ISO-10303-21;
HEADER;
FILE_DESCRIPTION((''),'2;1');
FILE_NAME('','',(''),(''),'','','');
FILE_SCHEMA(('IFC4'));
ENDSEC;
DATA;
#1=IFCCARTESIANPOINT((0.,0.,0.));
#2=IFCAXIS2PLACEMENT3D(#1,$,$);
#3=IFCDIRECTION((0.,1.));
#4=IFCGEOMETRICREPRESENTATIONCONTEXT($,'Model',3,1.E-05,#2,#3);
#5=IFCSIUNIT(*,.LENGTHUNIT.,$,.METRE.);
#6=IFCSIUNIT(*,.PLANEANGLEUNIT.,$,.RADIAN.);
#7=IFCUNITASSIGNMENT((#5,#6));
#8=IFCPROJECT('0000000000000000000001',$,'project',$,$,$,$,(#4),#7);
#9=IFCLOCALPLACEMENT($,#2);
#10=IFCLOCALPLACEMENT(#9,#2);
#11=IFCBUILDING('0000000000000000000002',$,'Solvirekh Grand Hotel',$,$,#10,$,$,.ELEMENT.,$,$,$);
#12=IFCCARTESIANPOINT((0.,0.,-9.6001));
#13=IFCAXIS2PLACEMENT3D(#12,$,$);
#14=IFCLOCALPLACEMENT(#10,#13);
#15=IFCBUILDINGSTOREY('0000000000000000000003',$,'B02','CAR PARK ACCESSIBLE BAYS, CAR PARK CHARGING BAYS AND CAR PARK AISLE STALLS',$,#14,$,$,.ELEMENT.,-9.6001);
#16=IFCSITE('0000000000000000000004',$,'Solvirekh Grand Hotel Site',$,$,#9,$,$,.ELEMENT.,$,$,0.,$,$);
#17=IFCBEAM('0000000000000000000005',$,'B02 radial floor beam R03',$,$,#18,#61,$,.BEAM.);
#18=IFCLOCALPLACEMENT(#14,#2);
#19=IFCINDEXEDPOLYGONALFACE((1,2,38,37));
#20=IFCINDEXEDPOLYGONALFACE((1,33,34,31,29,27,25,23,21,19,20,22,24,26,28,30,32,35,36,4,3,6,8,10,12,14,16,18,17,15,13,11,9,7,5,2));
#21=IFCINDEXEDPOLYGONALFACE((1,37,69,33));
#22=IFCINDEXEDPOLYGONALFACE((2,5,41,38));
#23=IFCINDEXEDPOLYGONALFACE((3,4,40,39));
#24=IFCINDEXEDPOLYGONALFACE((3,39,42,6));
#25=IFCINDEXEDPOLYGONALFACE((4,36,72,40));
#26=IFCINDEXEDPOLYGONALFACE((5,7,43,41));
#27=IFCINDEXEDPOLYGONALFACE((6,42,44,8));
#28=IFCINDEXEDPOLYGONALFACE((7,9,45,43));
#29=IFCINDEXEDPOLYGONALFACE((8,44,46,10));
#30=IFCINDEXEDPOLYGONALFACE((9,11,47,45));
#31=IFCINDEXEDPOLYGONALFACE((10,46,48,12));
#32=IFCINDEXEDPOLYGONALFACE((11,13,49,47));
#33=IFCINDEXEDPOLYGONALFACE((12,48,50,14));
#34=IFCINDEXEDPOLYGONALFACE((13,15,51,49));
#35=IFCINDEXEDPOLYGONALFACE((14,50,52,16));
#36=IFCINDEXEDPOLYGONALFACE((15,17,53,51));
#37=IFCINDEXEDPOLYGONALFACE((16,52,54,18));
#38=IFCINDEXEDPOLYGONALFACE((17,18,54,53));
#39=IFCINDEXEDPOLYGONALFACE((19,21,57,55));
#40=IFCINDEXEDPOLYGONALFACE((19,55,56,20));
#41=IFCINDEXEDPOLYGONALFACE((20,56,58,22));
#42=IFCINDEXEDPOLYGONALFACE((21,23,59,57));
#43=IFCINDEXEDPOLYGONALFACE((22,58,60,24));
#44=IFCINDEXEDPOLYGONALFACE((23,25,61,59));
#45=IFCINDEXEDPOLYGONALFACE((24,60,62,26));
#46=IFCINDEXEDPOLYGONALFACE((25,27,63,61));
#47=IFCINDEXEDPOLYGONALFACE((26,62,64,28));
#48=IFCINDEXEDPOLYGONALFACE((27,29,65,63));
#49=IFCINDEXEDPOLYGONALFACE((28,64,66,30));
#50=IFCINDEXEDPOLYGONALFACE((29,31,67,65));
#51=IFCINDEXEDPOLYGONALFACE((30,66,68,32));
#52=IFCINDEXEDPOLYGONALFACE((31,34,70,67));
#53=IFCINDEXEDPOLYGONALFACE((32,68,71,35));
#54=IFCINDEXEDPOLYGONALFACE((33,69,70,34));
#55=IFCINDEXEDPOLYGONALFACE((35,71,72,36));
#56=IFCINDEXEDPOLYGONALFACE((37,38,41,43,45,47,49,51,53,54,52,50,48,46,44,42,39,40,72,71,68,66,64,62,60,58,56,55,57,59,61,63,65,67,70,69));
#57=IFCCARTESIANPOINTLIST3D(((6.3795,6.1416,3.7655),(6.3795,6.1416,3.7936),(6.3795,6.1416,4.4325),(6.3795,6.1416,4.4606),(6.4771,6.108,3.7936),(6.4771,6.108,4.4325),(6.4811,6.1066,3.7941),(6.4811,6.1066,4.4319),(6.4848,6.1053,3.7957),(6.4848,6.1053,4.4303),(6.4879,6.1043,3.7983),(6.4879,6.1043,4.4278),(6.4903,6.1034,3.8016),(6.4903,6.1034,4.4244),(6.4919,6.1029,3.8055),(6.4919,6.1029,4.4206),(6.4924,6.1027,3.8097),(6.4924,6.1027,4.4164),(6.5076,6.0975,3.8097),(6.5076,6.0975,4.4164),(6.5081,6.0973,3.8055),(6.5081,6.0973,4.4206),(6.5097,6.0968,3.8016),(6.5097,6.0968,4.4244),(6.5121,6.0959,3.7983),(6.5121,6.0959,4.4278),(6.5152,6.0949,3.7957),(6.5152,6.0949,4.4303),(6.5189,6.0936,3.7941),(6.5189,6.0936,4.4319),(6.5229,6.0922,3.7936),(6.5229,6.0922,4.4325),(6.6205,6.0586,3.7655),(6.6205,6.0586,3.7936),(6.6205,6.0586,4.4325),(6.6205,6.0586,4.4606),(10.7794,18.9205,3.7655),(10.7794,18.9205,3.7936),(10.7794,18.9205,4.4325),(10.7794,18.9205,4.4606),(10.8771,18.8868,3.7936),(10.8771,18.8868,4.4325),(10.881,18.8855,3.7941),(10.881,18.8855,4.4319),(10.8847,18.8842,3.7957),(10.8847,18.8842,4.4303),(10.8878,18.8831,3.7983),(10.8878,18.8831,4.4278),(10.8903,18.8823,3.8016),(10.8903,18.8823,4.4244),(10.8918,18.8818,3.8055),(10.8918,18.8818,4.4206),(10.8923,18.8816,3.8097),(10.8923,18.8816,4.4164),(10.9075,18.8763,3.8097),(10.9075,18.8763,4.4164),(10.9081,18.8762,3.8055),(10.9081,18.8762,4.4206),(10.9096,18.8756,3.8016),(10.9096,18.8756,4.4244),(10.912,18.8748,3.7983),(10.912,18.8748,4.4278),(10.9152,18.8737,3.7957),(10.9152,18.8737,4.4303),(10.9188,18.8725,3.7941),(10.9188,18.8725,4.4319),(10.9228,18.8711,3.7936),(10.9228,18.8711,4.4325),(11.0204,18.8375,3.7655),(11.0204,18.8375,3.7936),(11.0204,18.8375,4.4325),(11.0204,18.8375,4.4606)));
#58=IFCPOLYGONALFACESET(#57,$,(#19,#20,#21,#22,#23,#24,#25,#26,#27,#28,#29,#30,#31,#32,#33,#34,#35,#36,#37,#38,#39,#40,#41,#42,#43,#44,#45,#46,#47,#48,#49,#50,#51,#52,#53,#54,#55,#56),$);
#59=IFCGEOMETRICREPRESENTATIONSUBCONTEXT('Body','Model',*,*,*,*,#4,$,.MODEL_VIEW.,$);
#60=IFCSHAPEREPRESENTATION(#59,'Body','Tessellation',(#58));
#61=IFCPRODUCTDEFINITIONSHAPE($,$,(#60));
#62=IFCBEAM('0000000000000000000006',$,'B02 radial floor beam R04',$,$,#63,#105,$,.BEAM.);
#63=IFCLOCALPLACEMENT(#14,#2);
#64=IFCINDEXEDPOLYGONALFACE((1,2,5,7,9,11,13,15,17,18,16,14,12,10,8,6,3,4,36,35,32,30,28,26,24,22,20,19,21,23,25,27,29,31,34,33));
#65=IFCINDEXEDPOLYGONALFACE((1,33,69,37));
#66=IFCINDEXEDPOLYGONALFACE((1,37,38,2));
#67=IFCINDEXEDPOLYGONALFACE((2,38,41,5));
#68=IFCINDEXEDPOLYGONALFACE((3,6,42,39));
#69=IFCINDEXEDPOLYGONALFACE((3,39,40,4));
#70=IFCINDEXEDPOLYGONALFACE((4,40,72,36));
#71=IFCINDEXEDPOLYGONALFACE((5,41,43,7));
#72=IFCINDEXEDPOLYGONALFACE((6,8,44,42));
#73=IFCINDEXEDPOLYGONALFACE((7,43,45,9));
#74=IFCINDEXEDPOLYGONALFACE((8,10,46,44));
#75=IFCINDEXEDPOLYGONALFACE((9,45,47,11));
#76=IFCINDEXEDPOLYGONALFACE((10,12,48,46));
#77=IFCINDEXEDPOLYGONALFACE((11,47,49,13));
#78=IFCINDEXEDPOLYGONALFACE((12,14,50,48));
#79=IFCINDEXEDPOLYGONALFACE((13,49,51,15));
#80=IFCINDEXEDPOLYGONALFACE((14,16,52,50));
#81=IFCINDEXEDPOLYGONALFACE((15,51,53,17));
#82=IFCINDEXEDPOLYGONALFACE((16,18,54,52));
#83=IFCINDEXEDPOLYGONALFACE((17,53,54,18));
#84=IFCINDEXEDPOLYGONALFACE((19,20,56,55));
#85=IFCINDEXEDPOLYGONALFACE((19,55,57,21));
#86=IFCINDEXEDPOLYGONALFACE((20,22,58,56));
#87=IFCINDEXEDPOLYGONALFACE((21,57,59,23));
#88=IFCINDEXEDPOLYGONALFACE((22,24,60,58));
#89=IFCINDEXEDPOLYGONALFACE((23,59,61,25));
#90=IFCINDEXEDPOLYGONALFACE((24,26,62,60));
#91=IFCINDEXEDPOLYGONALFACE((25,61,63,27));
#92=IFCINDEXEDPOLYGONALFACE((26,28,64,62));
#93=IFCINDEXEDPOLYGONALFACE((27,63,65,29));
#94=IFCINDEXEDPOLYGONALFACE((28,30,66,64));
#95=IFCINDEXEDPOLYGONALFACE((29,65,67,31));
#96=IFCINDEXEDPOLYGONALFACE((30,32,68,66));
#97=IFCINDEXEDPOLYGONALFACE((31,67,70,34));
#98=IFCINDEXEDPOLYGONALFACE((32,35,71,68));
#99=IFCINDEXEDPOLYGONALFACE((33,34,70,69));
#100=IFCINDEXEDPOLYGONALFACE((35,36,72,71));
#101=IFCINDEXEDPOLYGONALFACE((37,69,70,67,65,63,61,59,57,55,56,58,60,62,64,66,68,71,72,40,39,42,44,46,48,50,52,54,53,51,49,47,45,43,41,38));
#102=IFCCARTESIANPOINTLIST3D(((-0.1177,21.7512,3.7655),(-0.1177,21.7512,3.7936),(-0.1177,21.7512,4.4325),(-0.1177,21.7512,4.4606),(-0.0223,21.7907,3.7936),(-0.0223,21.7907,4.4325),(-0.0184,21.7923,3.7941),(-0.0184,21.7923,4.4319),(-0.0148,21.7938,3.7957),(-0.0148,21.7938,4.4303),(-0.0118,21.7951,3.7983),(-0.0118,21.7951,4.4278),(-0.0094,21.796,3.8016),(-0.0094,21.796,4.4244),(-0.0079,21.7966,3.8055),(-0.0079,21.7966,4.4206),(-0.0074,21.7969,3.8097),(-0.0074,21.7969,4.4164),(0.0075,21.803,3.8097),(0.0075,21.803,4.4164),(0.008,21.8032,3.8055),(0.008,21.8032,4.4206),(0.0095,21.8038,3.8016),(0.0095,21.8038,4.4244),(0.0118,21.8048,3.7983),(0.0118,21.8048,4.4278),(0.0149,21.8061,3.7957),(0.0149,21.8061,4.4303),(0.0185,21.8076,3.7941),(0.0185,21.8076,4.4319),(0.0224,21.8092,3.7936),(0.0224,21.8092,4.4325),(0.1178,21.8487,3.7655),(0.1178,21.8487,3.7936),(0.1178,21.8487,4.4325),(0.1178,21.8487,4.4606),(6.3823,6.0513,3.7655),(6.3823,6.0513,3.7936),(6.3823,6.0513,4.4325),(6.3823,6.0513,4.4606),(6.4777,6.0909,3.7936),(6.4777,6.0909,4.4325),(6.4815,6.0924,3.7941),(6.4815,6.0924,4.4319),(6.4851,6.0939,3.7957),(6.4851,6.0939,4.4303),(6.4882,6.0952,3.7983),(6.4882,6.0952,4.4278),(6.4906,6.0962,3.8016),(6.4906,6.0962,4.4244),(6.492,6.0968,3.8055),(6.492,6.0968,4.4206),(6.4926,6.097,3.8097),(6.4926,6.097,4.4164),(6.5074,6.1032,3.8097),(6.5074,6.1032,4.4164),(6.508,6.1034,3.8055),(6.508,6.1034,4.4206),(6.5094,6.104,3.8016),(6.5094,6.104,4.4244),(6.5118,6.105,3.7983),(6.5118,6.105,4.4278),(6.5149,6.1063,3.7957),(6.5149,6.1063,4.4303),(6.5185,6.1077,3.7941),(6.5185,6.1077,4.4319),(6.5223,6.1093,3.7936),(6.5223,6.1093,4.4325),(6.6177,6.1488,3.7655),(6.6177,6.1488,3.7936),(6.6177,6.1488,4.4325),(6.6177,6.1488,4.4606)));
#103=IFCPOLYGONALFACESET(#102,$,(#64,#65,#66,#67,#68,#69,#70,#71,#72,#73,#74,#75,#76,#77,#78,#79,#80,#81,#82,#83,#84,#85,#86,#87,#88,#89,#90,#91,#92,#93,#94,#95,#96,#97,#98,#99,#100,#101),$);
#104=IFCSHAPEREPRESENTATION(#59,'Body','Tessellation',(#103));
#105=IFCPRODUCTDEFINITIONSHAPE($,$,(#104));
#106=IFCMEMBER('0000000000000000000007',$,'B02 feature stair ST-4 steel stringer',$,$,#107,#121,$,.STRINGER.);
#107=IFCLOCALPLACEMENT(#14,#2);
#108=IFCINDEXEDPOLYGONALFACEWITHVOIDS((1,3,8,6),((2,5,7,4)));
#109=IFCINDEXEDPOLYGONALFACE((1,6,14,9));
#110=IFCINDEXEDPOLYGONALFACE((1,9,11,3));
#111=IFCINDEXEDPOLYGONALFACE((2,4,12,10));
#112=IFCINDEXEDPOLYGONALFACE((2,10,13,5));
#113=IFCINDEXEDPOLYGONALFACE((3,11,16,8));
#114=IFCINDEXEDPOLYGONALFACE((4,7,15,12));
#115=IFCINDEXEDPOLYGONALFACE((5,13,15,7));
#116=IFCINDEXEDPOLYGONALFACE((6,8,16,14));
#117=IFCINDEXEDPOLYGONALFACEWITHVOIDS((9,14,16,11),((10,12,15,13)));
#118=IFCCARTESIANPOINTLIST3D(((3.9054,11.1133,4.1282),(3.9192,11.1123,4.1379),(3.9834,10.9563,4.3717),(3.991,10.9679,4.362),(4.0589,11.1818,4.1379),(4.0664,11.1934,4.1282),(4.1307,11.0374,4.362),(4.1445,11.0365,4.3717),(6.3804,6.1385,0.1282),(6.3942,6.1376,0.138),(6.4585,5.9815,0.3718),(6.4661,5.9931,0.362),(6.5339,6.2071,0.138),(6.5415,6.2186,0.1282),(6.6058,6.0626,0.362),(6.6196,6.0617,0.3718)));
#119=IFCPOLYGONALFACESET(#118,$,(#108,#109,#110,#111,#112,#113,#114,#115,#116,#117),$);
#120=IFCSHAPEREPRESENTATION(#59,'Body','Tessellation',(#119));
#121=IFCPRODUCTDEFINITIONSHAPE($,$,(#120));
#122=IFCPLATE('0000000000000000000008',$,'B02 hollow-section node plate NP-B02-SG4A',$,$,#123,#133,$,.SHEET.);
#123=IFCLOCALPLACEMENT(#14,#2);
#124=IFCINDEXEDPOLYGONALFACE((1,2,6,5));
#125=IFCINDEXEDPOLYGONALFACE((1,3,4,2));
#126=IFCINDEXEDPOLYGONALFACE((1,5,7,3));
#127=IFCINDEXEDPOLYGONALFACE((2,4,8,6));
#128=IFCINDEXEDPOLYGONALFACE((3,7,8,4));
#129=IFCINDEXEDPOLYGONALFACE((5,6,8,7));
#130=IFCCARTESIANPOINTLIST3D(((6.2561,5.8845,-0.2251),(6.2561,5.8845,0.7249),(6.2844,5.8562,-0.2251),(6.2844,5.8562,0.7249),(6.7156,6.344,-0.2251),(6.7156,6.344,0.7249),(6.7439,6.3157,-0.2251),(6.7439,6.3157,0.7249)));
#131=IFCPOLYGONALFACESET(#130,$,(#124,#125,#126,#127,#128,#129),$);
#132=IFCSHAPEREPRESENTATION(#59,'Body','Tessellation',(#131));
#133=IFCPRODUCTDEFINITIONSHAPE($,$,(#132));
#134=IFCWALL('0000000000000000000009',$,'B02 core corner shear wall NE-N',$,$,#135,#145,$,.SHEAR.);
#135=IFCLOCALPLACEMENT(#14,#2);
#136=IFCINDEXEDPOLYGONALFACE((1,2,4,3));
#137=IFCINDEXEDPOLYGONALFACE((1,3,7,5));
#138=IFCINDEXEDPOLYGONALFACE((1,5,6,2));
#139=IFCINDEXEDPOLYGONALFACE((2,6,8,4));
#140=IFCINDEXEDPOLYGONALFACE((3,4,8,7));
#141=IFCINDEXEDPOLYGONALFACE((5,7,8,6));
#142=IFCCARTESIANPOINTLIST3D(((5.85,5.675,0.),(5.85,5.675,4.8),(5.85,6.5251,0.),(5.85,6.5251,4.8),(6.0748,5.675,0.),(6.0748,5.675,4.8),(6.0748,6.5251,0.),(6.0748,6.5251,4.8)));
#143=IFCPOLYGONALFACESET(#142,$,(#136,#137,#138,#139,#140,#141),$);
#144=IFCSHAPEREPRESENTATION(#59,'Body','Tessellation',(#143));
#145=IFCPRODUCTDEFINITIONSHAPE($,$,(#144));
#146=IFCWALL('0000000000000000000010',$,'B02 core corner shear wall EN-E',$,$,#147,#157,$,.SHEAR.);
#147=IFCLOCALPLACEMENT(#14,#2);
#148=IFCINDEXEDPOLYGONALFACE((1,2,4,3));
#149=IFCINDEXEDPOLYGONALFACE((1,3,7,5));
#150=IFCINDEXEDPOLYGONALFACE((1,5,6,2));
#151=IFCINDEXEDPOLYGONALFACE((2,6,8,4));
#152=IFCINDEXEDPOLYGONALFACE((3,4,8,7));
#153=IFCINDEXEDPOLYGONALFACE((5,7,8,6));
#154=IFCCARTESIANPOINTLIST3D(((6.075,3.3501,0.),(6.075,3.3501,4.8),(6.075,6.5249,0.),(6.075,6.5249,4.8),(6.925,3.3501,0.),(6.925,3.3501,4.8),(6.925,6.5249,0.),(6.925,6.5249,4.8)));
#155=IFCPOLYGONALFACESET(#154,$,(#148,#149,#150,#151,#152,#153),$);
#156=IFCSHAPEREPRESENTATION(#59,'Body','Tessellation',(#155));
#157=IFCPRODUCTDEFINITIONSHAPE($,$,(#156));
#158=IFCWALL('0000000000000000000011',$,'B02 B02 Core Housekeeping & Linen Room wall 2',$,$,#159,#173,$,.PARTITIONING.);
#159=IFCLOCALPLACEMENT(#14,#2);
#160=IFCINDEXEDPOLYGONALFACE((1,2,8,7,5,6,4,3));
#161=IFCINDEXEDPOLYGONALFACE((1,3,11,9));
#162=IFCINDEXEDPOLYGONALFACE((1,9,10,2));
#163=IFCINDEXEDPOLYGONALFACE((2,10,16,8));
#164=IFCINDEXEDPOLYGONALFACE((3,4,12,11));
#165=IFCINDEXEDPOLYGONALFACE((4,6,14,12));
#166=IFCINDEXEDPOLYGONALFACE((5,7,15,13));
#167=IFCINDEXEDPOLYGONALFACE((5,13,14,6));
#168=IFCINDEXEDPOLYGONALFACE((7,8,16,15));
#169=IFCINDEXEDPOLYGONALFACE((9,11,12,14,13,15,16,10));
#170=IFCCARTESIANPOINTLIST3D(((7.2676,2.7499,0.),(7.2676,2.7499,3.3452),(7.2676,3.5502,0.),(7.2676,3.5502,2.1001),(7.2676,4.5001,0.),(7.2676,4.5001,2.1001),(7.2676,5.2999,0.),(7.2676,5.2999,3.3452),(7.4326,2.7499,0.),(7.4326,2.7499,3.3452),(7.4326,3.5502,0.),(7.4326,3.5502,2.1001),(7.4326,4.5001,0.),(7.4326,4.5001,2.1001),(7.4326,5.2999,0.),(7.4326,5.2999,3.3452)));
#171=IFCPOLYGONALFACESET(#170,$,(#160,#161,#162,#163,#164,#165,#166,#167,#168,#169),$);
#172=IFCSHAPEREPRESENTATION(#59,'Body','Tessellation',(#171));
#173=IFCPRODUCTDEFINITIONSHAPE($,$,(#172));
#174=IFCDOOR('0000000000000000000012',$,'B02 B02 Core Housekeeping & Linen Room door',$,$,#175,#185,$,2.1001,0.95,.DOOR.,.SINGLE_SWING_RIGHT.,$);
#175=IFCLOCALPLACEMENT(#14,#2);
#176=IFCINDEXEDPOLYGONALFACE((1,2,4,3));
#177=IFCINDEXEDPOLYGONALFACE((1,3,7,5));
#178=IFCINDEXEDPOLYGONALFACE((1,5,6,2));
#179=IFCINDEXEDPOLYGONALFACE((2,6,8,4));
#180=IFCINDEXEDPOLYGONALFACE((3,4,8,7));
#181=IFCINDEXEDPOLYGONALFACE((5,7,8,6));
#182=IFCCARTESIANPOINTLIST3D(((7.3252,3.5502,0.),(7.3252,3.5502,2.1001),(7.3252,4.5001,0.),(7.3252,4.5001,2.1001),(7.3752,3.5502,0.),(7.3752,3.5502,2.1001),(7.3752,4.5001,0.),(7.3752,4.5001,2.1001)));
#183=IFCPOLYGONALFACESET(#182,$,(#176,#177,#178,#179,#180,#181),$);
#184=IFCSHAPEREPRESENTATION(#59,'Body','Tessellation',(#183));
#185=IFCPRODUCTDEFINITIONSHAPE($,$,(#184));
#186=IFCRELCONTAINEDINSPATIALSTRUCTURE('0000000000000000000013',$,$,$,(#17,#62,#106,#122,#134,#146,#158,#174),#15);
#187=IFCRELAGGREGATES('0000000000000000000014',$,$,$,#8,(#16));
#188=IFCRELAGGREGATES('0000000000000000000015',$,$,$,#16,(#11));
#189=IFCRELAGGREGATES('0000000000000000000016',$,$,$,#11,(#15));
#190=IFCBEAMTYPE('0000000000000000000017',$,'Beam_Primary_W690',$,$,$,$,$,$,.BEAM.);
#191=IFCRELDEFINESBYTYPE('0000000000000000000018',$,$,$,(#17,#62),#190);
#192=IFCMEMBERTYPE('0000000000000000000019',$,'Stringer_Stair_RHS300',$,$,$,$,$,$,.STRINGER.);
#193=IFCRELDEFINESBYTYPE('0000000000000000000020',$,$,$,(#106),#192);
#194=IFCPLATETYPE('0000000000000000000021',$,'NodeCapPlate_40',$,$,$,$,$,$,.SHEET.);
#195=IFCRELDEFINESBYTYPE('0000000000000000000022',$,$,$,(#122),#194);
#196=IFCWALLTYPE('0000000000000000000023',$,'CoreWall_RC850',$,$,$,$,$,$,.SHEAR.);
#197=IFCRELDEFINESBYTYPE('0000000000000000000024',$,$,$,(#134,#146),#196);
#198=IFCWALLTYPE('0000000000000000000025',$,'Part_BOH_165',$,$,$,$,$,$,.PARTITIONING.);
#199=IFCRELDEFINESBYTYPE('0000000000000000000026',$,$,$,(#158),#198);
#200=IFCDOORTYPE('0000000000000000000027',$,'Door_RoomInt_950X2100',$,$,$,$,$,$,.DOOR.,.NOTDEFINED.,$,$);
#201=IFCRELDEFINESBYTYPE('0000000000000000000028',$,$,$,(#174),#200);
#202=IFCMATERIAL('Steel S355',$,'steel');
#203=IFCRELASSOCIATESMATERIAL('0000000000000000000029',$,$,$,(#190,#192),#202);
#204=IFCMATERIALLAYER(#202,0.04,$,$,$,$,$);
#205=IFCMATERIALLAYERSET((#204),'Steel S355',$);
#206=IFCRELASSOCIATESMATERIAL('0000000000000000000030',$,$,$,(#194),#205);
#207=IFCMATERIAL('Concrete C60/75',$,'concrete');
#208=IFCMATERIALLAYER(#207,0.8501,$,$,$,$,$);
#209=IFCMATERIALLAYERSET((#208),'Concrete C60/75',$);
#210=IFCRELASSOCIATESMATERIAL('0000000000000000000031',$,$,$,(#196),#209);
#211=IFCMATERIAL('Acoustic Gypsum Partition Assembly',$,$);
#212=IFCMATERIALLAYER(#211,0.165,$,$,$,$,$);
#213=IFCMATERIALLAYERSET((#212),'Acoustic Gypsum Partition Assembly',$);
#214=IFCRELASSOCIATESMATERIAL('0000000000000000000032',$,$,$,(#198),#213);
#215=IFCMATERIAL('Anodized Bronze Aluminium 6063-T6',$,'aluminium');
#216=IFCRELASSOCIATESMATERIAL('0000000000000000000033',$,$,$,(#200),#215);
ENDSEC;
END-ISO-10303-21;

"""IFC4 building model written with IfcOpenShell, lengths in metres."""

from ifc_helpers import new_model, si_unit, direction, frame, frame_2d, origin, origin_2d, place, context, subcontext, project, spatial, rectangle, hollow_rectangle, i_section, extrude, material, layer, layer_set, material_profile, profile_set, type_object, element, fill, save


model = new_model("IFC4")

# Units and contexts
model_context = context("Model", 3, precision=1e-05, world=origin(), true_north=direction((0.0, 1.0)))
body_context = subcontext(model_context, "Body", "Model", "MODEL_VIEW")
ifc_project = project(units=[si_unit("LENGTHUNIT", "METRE"), si_unit("PLANEANGLEUNIT", "RADIAN")], contexts=[model_context])

# Site, building, storey
site_placement = place(None, origin())
site = spatial("IfcSite", under=ifc_project, at=site_placement, Name="Solvirekh Grand Hotel Site", CompositionType="ELEMENT", RefElevation=0.0)
building_placement = place(site_placement, origin())
building = spatial("IfcBuilding", under=site, at=building_placement, Name="Solvirekh Grand Hotel", CompositionType="ELEMENT")
storey_placement = place(building_placement, frame((0.0, 0.0, -9.6001)))
storey = spatial("IfcBuildingStorey", under=building, at=storey_placement, Name="B02", Description="CAR PARK ACCESSIBLE BAYS, CAR PARK CHARGING BAYS AND CAR PARK AISLE STALLS", CompositionType="ELEMENT", Elevation=-9.6001)

# Shared definitions
ifc_material_1 = material(Name="Concrete C60/75", Category="concrete")

# Beams
ifc_material_2 = material(Name="Steel S355", Category="steel")
ifc_material_profile_1 = material_profile(ifc_material_2, i_section(OverallWidth=0.2549, OverallDepth=0.6951, WebThickness=0.0161, FlangeThickness=0.0281, FilletRadius=0.0161, at=origin_2d()), Name="W690X217")
ifc_profile_set_1 = profile_set([ifc_material_profile_1], Name="Steel S355")
beam_type_1 = type_object("IfcBeamType", Name="Beam_Primary_W690", PredefinedType="BEAM", material=ifc_profile_set_1)
beam_1_placement = place(storey_placement, frame((6.5, 6.1001, 4.113), z_axis=(0.325555, 0.945523, 0.0), x_axis=(-0.945523, 0.325555, 0.0)))
element("IfcBeam", 1, at=beam_1_placement, inside=storey, type_object=beam_type_1, Name="B02 radial floor beam R03", PredefinedType="BEAM", context=body_context, shape_type="SweptSolid", body=[
    extrude(i_section(OverallWidth=0.2549, OverallDepth=0.6951, WebThickness=0.0161, FlangeThickness=0.0281, FilletRadius=0.0161, at=origin_2d()), origin(), (0.0, 0.0, 1.0), 13.5151),
])
beam_2_placement = place(storey_placement, frame((6.5, 6.1001, 4.113), z_axis=(-0.382526, 0.923945, 0.0), x_axis=(-0.923945, -0.382526, 0.0)))
element("IfcBeam", 2, at=beam_2_placement, inside=storey, type_object=beam_type_1, Name="B02 radial floor beam R04", PredefinedType="BEAM", context=body_context, shape_type="SweptSolid", body=[
    extrude(i_section(OverallWidth=0.2549, OverallDepth=0.6951, WebThickness=0.0161, FlangeThickness=0.0281, FilletRadius=0.0161, at=origin_2d()), origin(), (0.0, 0.0, 1.0), 16.9922),
])

# Member
ifc_material_profile_2 = material_profile(ifc_material_2, hollow_rectangle(XDim=0.1799, YDim=0.3, WallThickness=0.012, at=origin_2d()), Name="RHS 300X180X12")
ifc_profile_set_2 = profile_set([ifc_material_profile_2], Name="Steel S355")
member_type = type_object("IfcMemberType", Name="Stringer_Stair_RHS300", PredefinedType="STRINGER", material=ifc_profile_set_2)
member_placement = place(storey_placement, frame((6.5, 6.1001, 0.25), z_axis=(-0.36151, 0.726622, 0.584236), x_axis=(-0.895313, -0.445438, 0.0)))
element("IfcMember", 3, at=member_placement, inside=storey, type_object=member_type, Name="B02 feature stair ST-4 steel stringer", PredefinedType="STRINGER", context=body_context, shape_type="SweptSolid", body=[
    extrude(hollow_rectangle(XDim=0.1799, YDim=0.3, WallThickness=0.012, at=origin_2d()), origin(), (0.0, 0.0, 1.0), 6.8464),
])

# Plate
ifc_layer_1 = layer(ifc_material_2, 0.04)
ifc_layer_set_1 = layer_set([ifc_layer_1], Name="Steel S355")
plate_type = type_object("IfcPlateType", Name="NodeCapPlate_40", PredefinedType="SHEET", material=ifc_layer_set_1)
plate_placement = place(storey_placement, frame((6.5, 6.1001, -0.2251), z_axis=(0.0, 0.0, 1.0), x_axis=(-0.707107, 0.707107, 0.0)))
element("IfcPlate", 4, at=plate_placement, inside=storey, type_object=plate_type, Name="B02 hollow-section node plate NP-B02-SG4A", PredefinedType="SHEET", context=body_context, shape_type="SweptSolid", body=[
    extrude(rectangle(XDim=0.04, YDim=0.6499, at=origin_2d()), origin(), (0.0, 0.0, 1.0), 0.95),
])

# Walls
ifc_layer_2 = layer(ifc_material_1, 0.8501)
ifc_layer_set_2 = layer_set([ifc_layer_2], Name="Concrete C60/75")
wall_type_1 = type_object("IfcWallType", Name="CoreWall_RC850", PredefinedType="SHEAR", material=ifc_layer_set_2)
wall_1_placement = place(storey_placement, frame((5.8501, 6.1001, 0.0), z_axis=(0.0, 0.0, 1.0), x_axis=(1.0, 0.0, 0.0)))
element("IfcWall", 5, at=wall_1_placement, inside=storey, type_object=wall_type_1, Name="B02 core corner shear wall NE-N", PredefinedType="SHEAR", context=body_context, shape_type="SweptSolid", body=[
    extrude(rectangle(XDim=0.2249, YDim=0.8501, at=frame_2d((0.1123, 0.0))), origin(), (0.0, 0.0, 1.0), 4.8),
])
wall_2_placement = place(storey_placement, frame((6.5, 3.3501, 0.0), z_axis=(0.0, 0.0, 1.0), x_axis=(0.0, 1.0, 0.0)))
element("IfcWall", 6, at=wall_2_placement, inside=storey, type_object=wall_type_1, Name="B02 core corner shear wall EN-E", PredefinedType="SHEAR", context=body_context, shape_type="SweptSolid", body=[
    extrude(rectangle(XDim=3.1748, YDim=0.8501, at=frame_2d((1.5874, 0.0))), origin(), (0.0, 0.0, 1.0), 4.8),
])

# Wall, opening, door
ifc_material_3 = material(Name="Acoustic Gypsum Partition Assembly")
ifc_layer_3 = layer(ifc_material_3, 0.165)
ifc_layer_set_3 = layer_set([ifc_layer_3], Name="Acoustic Gypsum Partition Assembly")
wall_type_2 = type_object("IfcWallType", Name="Part_BOH_165", PredefinedType="PARTITIONING", material=ifc_layer_set_3)
wall_3_placement = place(storey_placement, frame((7.3501, 2.75, 0.0), z_axis=(0.0, 0.0, 1.0), x_axis=(0.0, 1.0, 0.0)))
wall_3 = element("IfcWall", 7, at=wall_3_placement, inside=storey, type_object=wall_type_2, Name="B02 B02 Core Housekeeping & Linen Room wall 2", PredefinedType="PARTITIONING", context=body_context, shape_type="SweptSolid", body=[
    extrude(rectangle(XDim=2.55, YDim=0.165, at=frame_2d((1.2749, 0.0))), origin(), (0.0, 0.0, 1.0), 3.3452),
])
opening_placement = place(wall_3_placement, frame((0.8, 0.0, 0.0)))
opening = element("IfcOpeningElement", 8, at=opening_placement, cuts=wall_3, PredefinedType="OPENING", context=body_context, shape_type="SweptSolid", body=[
    extrude(rectangle(XDim=0.95, YDim=2.1001, at=frame_2d((0.4751, 1.05))), frame((0.0, 0.0925, 0.0), z_axis=(0.0, -1.0, 0.0), x_axis=(1.0, 0.0, 0.0)), (0.0, 0.0, 1.0), 0.1851),
])
ifc_material_4 = material(Name="Anodized Bronze Aluminium 6063-T6", Category="aluminium")
door_type = type_object("IfcDoorType", Name="Door_RoomInt_950X2100", OperationType="NOTDEFINED", PredefinedType="DOOR", material=ifc_material_4)
door_placement = place(opening_placement, origin())
door = element("IfcDoor", 9, at=door_placement, inside=storey, type_object=door_type, Name="B02 B02 Core Housekeeping & Linen Room door", OperationType="SINGLE_SWING_RIGHT", OverallHeight=2.1001, OverallWidth=0.95, PredefinedType="DOOR", context=body_context, shape_type="SweptSolid", body=[
    extrude(rectangle(XDim=0.95, YDim=2.1001, at=frame_2d((0.4751, 1.05))), frame((0.0, 0.0249, 0.0), z_axis=(0.0, -1.0, 0.0), x_axis=(1.0, 0.0, 0.0)), (0.0, 0.0, 1.0), 0.05),
])
fill(opening, door)

save(model, "model.ifc")
